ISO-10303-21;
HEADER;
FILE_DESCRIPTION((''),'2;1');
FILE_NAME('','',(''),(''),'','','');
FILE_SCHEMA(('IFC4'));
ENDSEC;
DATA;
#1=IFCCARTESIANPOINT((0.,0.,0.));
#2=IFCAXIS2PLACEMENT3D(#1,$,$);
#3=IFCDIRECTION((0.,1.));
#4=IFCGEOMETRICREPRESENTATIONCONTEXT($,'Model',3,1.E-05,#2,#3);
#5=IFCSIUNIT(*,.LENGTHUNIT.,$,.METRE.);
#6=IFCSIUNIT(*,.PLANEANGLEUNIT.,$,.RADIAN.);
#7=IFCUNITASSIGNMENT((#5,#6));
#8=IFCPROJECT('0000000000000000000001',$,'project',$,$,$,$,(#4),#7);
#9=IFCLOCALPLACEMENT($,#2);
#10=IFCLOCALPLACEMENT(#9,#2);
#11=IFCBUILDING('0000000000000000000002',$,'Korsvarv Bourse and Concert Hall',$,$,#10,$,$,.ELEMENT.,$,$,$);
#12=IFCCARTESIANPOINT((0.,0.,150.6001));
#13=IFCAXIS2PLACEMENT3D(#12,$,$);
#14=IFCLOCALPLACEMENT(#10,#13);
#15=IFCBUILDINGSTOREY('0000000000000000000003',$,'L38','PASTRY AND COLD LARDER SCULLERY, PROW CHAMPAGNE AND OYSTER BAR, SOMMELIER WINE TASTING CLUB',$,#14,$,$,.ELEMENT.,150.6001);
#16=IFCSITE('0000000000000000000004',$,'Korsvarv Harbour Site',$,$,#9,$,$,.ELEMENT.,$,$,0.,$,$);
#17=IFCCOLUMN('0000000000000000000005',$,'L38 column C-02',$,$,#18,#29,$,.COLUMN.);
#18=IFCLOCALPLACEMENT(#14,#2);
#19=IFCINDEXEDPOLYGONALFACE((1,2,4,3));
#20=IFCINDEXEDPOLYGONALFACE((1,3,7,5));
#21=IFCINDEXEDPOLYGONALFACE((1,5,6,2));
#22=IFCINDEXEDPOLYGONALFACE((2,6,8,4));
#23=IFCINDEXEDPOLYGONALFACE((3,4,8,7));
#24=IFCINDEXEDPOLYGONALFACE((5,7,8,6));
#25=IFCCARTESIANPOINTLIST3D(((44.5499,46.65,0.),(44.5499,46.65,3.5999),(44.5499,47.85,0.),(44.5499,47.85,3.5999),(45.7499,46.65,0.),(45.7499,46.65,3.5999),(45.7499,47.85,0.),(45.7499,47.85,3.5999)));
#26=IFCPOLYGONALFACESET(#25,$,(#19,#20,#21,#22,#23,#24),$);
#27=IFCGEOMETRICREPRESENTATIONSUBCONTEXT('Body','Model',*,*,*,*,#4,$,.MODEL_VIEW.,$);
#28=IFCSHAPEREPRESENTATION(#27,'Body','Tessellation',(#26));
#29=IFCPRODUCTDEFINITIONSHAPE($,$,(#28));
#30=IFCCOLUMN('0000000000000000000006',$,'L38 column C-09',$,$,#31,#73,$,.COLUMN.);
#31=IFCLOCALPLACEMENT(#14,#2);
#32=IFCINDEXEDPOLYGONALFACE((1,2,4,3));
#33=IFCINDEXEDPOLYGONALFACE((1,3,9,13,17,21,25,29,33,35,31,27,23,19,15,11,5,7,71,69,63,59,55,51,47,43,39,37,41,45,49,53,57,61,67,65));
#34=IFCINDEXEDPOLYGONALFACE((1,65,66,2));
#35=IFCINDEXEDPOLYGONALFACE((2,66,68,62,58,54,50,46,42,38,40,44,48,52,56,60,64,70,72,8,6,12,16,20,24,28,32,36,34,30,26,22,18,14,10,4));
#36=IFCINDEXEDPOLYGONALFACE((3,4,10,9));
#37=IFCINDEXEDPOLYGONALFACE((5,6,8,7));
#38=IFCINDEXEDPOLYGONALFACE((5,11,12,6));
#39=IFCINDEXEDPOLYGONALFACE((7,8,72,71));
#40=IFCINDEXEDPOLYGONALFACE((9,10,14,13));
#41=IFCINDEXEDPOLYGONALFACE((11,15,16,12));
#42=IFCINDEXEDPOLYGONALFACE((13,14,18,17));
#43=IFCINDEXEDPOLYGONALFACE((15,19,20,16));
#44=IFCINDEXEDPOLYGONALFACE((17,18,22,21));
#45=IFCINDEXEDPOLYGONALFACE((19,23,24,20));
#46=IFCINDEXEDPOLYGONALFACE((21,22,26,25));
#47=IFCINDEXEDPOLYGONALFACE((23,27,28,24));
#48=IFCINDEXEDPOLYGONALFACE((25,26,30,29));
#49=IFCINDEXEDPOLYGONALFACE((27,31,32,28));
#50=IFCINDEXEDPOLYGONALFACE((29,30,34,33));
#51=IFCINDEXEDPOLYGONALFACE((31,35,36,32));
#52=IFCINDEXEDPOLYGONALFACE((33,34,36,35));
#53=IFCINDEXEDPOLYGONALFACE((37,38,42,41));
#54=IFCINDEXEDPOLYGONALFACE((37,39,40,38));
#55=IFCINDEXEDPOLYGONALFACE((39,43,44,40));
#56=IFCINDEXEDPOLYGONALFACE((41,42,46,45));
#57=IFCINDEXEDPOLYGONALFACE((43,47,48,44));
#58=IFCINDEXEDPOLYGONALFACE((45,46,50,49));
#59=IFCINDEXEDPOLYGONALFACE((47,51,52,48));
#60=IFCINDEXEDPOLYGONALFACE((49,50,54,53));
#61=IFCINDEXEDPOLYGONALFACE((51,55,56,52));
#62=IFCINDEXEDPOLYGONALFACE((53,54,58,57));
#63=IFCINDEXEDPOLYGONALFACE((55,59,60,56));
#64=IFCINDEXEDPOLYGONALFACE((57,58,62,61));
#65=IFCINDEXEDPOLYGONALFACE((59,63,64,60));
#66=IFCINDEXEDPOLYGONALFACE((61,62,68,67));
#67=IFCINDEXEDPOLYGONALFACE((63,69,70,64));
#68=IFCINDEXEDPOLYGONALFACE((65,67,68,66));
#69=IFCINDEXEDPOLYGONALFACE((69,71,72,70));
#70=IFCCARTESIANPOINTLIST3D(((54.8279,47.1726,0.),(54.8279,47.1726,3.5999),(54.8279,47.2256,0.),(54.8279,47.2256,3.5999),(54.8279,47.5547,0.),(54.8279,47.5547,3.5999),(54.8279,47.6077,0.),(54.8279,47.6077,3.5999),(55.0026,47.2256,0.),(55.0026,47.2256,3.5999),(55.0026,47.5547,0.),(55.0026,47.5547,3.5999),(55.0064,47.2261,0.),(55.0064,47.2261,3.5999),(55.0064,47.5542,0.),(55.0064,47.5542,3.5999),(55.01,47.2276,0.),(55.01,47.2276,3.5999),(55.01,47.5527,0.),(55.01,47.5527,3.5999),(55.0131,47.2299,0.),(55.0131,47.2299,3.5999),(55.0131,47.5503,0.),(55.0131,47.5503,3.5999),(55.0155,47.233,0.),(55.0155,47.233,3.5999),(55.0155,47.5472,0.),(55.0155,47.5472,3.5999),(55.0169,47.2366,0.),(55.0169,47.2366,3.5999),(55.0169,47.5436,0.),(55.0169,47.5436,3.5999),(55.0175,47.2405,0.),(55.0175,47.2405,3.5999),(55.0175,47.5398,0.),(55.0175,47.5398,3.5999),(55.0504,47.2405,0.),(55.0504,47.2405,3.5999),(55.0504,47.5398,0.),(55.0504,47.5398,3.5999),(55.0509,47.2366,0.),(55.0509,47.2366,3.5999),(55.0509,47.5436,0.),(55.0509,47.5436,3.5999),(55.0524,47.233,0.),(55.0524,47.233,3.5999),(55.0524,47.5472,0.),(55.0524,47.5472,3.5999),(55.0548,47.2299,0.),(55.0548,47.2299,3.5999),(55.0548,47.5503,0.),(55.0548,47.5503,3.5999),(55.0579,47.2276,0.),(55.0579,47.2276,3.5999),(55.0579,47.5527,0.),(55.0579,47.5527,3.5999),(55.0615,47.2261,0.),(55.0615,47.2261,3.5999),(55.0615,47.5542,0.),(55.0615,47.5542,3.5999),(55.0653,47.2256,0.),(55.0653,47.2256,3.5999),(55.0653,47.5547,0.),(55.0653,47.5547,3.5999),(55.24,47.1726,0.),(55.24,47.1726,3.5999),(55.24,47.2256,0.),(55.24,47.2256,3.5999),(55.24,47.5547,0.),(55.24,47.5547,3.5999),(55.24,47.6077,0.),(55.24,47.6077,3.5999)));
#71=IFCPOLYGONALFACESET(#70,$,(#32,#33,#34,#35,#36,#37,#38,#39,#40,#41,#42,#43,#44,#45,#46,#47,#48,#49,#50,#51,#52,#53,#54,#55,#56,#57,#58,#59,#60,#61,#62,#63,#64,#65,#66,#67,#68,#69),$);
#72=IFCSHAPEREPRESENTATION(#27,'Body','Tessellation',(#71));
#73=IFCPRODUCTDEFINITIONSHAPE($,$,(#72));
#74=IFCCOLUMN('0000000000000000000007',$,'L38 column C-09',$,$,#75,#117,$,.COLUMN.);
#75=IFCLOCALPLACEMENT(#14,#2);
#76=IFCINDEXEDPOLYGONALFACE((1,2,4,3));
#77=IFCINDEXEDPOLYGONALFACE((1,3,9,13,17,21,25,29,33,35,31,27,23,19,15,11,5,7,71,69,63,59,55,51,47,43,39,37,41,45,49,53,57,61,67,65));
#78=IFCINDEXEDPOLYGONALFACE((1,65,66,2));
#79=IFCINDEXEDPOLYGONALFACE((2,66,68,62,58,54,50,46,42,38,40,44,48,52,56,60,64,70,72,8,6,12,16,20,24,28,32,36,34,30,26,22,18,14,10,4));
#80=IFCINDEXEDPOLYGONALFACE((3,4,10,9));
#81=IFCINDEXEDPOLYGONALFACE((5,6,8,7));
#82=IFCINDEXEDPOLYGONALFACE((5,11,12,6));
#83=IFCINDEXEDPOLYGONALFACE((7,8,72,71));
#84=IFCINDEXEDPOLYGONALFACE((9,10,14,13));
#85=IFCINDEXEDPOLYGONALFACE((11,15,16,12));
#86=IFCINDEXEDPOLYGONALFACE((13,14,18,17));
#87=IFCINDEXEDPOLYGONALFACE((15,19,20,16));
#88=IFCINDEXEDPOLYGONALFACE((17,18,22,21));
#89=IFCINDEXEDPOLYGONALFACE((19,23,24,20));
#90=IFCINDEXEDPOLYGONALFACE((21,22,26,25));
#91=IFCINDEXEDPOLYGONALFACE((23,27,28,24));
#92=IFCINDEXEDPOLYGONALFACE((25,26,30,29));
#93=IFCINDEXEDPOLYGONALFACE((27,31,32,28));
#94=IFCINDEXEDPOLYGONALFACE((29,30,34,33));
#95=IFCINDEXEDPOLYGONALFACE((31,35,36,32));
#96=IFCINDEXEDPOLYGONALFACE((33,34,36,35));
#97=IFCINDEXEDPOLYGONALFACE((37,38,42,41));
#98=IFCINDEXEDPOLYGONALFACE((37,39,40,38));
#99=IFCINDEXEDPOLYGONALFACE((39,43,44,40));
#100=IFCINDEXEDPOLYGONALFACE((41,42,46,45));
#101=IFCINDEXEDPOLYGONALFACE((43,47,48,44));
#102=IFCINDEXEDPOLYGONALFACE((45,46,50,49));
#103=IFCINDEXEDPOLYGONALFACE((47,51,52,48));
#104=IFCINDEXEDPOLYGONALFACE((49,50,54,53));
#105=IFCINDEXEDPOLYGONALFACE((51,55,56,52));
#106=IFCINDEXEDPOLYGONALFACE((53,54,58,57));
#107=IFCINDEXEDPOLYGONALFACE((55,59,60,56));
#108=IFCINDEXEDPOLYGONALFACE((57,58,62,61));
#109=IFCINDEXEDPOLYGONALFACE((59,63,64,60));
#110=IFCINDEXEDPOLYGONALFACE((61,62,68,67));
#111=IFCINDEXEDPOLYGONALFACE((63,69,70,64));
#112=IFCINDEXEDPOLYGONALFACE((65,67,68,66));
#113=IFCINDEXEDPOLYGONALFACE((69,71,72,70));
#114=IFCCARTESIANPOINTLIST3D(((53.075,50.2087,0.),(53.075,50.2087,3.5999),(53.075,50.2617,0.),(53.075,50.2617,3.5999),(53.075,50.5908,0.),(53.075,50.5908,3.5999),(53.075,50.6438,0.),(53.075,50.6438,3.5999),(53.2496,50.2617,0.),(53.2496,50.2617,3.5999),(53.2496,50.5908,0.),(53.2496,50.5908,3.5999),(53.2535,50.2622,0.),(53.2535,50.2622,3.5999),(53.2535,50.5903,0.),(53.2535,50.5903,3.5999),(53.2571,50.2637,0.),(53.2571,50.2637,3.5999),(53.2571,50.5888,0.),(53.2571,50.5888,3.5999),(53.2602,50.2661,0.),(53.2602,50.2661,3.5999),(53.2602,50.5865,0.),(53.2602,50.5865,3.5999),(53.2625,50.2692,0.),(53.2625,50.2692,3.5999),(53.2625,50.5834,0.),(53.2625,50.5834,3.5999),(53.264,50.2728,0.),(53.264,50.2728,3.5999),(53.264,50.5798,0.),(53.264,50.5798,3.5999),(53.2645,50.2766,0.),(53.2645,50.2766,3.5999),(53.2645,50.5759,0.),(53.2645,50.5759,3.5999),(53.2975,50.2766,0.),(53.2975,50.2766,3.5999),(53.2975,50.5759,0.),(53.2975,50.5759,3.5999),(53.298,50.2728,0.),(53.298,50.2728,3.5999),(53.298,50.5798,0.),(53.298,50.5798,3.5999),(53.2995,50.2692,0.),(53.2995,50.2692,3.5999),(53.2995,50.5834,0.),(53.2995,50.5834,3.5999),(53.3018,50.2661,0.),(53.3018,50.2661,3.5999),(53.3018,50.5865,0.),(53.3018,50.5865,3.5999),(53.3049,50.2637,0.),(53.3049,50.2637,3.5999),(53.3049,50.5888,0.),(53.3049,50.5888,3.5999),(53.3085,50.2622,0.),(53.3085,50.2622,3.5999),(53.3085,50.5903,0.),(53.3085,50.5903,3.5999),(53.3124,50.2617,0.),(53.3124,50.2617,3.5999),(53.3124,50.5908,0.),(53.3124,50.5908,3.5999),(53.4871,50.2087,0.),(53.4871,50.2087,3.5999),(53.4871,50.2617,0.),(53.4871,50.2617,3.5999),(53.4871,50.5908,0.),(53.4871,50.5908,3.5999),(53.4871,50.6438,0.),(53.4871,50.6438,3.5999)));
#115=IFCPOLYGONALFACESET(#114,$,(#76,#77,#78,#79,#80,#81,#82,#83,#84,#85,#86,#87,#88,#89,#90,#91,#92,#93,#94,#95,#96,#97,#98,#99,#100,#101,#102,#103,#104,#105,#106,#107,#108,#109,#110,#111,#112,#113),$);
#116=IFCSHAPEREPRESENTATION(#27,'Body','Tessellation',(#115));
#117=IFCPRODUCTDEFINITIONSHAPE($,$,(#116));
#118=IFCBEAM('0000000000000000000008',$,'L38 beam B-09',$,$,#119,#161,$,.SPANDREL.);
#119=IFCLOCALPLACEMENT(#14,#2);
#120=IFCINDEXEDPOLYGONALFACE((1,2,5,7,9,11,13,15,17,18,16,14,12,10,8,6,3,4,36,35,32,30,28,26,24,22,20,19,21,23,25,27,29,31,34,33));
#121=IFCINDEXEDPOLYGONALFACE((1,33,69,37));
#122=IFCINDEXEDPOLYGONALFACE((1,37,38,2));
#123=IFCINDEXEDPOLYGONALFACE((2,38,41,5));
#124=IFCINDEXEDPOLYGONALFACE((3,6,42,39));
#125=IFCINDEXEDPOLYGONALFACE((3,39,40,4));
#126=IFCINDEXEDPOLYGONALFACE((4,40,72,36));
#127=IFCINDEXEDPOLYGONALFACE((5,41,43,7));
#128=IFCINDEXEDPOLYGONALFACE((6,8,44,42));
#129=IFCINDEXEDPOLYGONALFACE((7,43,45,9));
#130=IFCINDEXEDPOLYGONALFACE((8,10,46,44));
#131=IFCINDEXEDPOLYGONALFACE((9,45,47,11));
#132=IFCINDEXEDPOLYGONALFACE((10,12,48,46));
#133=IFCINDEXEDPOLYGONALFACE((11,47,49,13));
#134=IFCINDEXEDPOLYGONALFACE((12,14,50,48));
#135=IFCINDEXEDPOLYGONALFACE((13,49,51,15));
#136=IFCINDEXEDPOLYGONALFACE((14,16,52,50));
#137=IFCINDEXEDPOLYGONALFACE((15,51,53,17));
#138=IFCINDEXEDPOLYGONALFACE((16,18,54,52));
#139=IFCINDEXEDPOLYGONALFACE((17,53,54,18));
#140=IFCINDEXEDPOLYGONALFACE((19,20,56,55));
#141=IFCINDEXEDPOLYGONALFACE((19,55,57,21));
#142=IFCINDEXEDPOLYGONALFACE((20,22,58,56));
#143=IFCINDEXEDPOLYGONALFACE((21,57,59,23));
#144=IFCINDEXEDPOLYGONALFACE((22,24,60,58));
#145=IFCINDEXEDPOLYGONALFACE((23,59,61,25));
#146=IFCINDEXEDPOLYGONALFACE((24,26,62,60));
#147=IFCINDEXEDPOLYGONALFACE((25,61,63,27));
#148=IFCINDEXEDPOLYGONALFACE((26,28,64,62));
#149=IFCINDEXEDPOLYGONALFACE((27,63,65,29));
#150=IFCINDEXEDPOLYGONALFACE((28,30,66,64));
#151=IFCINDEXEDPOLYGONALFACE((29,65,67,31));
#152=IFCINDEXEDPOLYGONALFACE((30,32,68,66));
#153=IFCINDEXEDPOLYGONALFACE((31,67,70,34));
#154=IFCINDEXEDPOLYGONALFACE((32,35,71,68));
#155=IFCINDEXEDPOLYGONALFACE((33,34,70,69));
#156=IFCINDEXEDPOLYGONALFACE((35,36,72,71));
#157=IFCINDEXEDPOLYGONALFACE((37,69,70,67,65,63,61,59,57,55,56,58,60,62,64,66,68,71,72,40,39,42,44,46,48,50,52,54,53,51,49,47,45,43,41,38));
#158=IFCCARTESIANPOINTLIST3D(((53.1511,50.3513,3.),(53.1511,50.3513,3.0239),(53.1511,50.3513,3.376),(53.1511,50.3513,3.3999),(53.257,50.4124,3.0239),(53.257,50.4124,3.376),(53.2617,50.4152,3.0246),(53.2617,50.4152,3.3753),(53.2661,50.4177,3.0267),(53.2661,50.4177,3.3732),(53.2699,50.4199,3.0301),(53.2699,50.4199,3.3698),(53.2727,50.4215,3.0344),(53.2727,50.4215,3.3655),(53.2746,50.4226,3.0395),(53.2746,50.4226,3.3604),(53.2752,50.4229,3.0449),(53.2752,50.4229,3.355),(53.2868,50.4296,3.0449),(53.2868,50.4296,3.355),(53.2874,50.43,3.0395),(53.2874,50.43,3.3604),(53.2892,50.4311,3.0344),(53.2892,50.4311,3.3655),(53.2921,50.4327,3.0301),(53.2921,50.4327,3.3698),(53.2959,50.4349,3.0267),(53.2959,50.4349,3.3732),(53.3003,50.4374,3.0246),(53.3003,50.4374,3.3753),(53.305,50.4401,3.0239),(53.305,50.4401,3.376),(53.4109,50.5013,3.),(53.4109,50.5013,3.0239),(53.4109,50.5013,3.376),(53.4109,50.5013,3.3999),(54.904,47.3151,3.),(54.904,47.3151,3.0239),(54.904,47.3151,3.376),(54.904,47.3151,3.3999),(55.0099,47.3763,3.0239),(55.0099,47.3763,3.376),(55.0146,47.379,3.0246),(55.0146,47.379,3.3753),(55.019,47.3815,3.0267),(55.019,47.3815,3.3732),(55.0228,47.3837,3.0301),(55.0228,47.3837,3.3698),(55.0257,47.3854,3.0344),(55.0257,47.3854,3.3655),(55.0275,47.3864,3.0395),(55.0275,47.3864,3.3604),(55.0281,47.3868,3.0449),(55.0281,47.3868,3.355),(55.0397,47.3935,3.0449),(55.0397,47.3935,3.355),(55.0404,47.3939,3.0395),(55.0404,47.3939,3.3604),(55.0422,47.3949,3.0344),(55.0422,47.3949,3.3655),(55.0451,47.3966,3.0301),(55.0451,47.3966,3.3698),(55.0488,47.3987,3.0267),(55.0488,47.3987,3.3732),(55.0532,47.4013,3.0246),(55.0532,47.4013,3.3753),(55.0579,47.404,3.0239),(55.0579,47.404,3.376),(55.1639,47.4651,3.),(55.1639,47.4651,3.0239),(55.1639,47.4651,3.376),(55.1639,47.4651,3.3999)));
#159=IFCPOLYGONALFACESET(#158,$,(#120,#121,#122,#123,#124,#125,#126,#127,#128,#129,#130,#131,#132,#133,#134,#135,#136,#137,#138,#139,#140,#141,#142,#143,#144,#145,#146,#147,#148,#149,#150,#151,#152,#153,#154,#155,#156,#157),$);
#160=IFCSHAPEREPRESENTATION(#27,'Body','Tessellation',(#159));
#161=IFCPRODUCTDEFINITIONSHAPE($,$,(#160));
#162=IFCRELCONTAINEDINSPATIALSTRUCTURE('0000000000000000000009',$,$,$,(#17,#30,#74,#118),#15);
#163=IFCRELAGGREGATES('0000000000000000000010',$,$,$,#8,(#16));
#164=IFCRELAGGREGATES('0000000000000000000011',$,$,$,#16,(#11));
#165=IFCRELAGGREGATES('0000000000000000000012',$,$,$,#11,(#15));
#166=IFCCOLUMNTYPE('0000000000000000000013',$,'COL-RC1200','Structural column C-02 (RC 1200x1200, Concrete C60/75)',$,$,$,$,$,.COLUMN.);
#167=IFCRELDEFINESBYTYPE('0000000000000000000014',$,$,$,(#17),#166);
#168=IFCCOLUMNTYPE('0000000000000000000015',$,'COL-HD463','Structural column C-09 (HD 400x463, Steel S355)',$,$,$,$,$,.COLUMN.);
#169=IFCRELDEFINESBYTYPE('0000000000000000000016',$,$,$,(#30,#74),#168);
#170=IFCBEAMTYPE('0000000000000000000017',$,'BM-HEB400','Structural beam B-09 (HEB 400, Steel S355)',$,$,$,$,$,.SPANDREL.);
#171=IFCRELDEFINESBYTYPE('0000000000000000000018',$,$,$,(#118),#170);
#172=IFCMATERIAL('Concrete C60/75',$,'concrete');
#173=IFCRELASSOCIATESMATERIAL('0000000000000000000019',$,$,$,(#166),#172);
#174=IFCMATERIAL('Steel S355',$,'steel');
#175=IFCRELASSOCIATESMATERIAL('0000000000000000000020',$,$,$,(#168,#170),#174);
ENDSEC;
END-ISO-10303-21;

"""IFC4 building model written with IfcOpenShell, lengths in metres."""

from ifc_helpers import new_model, si_unit, direction, frame, origin, origin_2d, place, context, subcontext, project, spatial, rectangle, i_section, extrude, source, transform, mapped, material, material_profile, profile_set, type_object, element, save


model = new_model("IFC4")

# Units and contexts
model_context = context("Model", 3, precision=1e-05, world=origin(), true_north=direction((0.0, 1.0)))
body_context = subcontext(model_context, "Body", "Model", "MODEL_VIEW")
ifc_project = project(units=[si_unit("LENGTHUNIT", "METRE"), si_unit("PLANEANGLEUNIT", "RADIAN")], contexts=[model_context])

# Site, building, storey
site_placement = place(None, origin())
site = spatial("IfcSite", under=ifc_project, at=site_placement, Name="Korsvarv Harbour Site", CompositionType="ELEMENT", RefElevation=0.0)
building_placement = place(site_placement, origin())
building = spatial("IfcBuilding", under=site, at=building_placement, Name="Korsvarv Bourse and Concert Hall", CompositionType="ELEMENT")
storey_placement = place(building_placement, frame((0.0, 0.0, 150.6001)))
storey = spatial("IfcBuildingStorey", under=building, at=storey_placement, Name="L38", Description="PASTRY AND COLD LARDER SCULLERY, PROW CHAMPAGNE AND OYSTER BAR, SOMMELIER WINE TASTING CLUB", CompositionType="ELEMENT", Elevation=150.6001)

# Columns
ifc_material_1 = material(Name="Concrete C60/75", Category="concrete")
ifc_material_profile_1 = material_profile(ifc_material_1, rectangle(XDim=1.2, YDim=1.2, at=origin_2d()), Name="RC 1200x1200")
ifc_profile_set_1 = profile_set([ifc_material_profile_1], Name="Concrete C60/75")
column_type_1 = type_object("IfcColumnType", Name="COL-RC1200", Description="Structural column C-02 (RC 1200x1200, Concrete C60/75)", PredefinedType="COLUMN", material=ifc_profile_set_1)
shared_shape_1 = source(origin(), body_context, "Body", "SweptSolid", [
    extrude(rectangle(XDim=1.2, YDim=1.2, at=origin_2d()), origin(), (0.0, 0.0, 1.0), 3.5999),
])
column_placement = place(storey_placement, frame((45.1499, 47.25, 0.0), z_axis=(0.0, 0.0, 1.0), x_axis=(1.0, 0.0, 0.0)))
element("IfcColumn", 1, at=column_placement, inside=storey, type_object=column_type_1, Name="L38 column C-02", PredefinedType="COLUMN", context=body_context, shape_type="MappedRepresentation", body=[
    mapped(shared_shape_1, transform((0.0, 0.0, 0.0), scale=1.0)),
])
ifc_material_2 = material(Name="Steel S355", Category="steel")
ifc_material_profile_2 = material_profile(ifc_material_2, i_section(OverallWidth=0.4121, OverallDepth=0.4351, WebThickness=0.033, FlangeThickness=0.053, FilletRadius=0.0149, at=origin_2d()), Name="HD 400x463")
ifc_profile_set_2 = profile_set([ifc_material_profile_2], Name="Steel S355")
column_type_2 = type_object("IfcColumnType", Name="COL-HD463", Description="Structural column C-09 (HD 400x463, Steel S355)", PredefinedType="COLUMN", material=ifc_profile_set_2)
shared_shape_2 = source(origin(), body_context, "Body", "SweptSolid", [
    extrude(i_section(OverallWidth=0.4121, OverallDepth=0.4351, WebThickness=0.033, FlangeThickness=0.053, FilletRadius=0.0149, at=origin_2d()), origin(), (0.0, 0.0, 1.0), 3.5999),
])
for number, where, z_axis, x_axis, name in (
    (2, (55.0339, 47.3901, 0.0), (0.0, 0.0, 1.0), (1.0, 0.0, 0.0), "L38 column C-09"),
    (3, (53.281, 50.4263, 0.0), (0.0, 0.0, 1.0), (1.0, 0.0, 0.0), "L38 column C-09"),
):
    element("IfcColumn", number, at=place(storey_placement, frame(where, z_axis=z_axis, x_axis=x_axis)), inside=storey, type_object=column_type_2, Name=name, PredefinedType="COLUMN", context=body_context, shape_type="MappedRepresentation", body=[
        mapped(shared_shape_2, transform((0.0, 0.0, 0.0), scale=1.0)),
    ])

# Beam
ifc_material_profile_3 = material_profile(ifc_material_2, i_section(OverallWidth=0.3, OverallDepth=0.3999, WebThickness=0.0134, FlangeThickness=0.0239, FilletRadius=0.021, at=origin_2d()), Name="HEB 400")
ifc_profile_set_3 = profile_set([ifc_material_profile_3], Name="Steel S355")
beam_type_1 = type_object("IfcBeamType", Name="BM-HEB400", Description="Structural beam B-09 (HEB 400, Steel S355)", PredefinedType="SPANDREL", material=ifc_profile_set_3)
shared_shape_3 = source(origin(), body_context, "Body", "SweptSolid", [
    extrude(i_section(OverallWidth=0.3, OverallDepth=0.3999, WebThickness=0.0134, FlangeThickness=0.0239, FilletRadius=0.021, at=origin_2d()), origin(), (0.0, 0.0, 1.0), 3.5059),
])
beam_1_placement = place(storey_placement, frame((55.0339, 47.3901, 3.2), z_axis=(-0.500004, 0.866023, 0.0), x_axis=(-0.866023, -0.500004, 0.0)))
element("IfcBeam", 4, at=beam_1_placement, inside=storey, type_object=beam_type_1, Name="L38 beam B-09", PredefinedType="SPANDREL", context=body_context, shape_type="MappedRepresentation", body=[
    mapped(shared_shape_3, transform((0.0, 0.0, 0.0), scale=1.0)),
])

save(model, "model.ifc")
